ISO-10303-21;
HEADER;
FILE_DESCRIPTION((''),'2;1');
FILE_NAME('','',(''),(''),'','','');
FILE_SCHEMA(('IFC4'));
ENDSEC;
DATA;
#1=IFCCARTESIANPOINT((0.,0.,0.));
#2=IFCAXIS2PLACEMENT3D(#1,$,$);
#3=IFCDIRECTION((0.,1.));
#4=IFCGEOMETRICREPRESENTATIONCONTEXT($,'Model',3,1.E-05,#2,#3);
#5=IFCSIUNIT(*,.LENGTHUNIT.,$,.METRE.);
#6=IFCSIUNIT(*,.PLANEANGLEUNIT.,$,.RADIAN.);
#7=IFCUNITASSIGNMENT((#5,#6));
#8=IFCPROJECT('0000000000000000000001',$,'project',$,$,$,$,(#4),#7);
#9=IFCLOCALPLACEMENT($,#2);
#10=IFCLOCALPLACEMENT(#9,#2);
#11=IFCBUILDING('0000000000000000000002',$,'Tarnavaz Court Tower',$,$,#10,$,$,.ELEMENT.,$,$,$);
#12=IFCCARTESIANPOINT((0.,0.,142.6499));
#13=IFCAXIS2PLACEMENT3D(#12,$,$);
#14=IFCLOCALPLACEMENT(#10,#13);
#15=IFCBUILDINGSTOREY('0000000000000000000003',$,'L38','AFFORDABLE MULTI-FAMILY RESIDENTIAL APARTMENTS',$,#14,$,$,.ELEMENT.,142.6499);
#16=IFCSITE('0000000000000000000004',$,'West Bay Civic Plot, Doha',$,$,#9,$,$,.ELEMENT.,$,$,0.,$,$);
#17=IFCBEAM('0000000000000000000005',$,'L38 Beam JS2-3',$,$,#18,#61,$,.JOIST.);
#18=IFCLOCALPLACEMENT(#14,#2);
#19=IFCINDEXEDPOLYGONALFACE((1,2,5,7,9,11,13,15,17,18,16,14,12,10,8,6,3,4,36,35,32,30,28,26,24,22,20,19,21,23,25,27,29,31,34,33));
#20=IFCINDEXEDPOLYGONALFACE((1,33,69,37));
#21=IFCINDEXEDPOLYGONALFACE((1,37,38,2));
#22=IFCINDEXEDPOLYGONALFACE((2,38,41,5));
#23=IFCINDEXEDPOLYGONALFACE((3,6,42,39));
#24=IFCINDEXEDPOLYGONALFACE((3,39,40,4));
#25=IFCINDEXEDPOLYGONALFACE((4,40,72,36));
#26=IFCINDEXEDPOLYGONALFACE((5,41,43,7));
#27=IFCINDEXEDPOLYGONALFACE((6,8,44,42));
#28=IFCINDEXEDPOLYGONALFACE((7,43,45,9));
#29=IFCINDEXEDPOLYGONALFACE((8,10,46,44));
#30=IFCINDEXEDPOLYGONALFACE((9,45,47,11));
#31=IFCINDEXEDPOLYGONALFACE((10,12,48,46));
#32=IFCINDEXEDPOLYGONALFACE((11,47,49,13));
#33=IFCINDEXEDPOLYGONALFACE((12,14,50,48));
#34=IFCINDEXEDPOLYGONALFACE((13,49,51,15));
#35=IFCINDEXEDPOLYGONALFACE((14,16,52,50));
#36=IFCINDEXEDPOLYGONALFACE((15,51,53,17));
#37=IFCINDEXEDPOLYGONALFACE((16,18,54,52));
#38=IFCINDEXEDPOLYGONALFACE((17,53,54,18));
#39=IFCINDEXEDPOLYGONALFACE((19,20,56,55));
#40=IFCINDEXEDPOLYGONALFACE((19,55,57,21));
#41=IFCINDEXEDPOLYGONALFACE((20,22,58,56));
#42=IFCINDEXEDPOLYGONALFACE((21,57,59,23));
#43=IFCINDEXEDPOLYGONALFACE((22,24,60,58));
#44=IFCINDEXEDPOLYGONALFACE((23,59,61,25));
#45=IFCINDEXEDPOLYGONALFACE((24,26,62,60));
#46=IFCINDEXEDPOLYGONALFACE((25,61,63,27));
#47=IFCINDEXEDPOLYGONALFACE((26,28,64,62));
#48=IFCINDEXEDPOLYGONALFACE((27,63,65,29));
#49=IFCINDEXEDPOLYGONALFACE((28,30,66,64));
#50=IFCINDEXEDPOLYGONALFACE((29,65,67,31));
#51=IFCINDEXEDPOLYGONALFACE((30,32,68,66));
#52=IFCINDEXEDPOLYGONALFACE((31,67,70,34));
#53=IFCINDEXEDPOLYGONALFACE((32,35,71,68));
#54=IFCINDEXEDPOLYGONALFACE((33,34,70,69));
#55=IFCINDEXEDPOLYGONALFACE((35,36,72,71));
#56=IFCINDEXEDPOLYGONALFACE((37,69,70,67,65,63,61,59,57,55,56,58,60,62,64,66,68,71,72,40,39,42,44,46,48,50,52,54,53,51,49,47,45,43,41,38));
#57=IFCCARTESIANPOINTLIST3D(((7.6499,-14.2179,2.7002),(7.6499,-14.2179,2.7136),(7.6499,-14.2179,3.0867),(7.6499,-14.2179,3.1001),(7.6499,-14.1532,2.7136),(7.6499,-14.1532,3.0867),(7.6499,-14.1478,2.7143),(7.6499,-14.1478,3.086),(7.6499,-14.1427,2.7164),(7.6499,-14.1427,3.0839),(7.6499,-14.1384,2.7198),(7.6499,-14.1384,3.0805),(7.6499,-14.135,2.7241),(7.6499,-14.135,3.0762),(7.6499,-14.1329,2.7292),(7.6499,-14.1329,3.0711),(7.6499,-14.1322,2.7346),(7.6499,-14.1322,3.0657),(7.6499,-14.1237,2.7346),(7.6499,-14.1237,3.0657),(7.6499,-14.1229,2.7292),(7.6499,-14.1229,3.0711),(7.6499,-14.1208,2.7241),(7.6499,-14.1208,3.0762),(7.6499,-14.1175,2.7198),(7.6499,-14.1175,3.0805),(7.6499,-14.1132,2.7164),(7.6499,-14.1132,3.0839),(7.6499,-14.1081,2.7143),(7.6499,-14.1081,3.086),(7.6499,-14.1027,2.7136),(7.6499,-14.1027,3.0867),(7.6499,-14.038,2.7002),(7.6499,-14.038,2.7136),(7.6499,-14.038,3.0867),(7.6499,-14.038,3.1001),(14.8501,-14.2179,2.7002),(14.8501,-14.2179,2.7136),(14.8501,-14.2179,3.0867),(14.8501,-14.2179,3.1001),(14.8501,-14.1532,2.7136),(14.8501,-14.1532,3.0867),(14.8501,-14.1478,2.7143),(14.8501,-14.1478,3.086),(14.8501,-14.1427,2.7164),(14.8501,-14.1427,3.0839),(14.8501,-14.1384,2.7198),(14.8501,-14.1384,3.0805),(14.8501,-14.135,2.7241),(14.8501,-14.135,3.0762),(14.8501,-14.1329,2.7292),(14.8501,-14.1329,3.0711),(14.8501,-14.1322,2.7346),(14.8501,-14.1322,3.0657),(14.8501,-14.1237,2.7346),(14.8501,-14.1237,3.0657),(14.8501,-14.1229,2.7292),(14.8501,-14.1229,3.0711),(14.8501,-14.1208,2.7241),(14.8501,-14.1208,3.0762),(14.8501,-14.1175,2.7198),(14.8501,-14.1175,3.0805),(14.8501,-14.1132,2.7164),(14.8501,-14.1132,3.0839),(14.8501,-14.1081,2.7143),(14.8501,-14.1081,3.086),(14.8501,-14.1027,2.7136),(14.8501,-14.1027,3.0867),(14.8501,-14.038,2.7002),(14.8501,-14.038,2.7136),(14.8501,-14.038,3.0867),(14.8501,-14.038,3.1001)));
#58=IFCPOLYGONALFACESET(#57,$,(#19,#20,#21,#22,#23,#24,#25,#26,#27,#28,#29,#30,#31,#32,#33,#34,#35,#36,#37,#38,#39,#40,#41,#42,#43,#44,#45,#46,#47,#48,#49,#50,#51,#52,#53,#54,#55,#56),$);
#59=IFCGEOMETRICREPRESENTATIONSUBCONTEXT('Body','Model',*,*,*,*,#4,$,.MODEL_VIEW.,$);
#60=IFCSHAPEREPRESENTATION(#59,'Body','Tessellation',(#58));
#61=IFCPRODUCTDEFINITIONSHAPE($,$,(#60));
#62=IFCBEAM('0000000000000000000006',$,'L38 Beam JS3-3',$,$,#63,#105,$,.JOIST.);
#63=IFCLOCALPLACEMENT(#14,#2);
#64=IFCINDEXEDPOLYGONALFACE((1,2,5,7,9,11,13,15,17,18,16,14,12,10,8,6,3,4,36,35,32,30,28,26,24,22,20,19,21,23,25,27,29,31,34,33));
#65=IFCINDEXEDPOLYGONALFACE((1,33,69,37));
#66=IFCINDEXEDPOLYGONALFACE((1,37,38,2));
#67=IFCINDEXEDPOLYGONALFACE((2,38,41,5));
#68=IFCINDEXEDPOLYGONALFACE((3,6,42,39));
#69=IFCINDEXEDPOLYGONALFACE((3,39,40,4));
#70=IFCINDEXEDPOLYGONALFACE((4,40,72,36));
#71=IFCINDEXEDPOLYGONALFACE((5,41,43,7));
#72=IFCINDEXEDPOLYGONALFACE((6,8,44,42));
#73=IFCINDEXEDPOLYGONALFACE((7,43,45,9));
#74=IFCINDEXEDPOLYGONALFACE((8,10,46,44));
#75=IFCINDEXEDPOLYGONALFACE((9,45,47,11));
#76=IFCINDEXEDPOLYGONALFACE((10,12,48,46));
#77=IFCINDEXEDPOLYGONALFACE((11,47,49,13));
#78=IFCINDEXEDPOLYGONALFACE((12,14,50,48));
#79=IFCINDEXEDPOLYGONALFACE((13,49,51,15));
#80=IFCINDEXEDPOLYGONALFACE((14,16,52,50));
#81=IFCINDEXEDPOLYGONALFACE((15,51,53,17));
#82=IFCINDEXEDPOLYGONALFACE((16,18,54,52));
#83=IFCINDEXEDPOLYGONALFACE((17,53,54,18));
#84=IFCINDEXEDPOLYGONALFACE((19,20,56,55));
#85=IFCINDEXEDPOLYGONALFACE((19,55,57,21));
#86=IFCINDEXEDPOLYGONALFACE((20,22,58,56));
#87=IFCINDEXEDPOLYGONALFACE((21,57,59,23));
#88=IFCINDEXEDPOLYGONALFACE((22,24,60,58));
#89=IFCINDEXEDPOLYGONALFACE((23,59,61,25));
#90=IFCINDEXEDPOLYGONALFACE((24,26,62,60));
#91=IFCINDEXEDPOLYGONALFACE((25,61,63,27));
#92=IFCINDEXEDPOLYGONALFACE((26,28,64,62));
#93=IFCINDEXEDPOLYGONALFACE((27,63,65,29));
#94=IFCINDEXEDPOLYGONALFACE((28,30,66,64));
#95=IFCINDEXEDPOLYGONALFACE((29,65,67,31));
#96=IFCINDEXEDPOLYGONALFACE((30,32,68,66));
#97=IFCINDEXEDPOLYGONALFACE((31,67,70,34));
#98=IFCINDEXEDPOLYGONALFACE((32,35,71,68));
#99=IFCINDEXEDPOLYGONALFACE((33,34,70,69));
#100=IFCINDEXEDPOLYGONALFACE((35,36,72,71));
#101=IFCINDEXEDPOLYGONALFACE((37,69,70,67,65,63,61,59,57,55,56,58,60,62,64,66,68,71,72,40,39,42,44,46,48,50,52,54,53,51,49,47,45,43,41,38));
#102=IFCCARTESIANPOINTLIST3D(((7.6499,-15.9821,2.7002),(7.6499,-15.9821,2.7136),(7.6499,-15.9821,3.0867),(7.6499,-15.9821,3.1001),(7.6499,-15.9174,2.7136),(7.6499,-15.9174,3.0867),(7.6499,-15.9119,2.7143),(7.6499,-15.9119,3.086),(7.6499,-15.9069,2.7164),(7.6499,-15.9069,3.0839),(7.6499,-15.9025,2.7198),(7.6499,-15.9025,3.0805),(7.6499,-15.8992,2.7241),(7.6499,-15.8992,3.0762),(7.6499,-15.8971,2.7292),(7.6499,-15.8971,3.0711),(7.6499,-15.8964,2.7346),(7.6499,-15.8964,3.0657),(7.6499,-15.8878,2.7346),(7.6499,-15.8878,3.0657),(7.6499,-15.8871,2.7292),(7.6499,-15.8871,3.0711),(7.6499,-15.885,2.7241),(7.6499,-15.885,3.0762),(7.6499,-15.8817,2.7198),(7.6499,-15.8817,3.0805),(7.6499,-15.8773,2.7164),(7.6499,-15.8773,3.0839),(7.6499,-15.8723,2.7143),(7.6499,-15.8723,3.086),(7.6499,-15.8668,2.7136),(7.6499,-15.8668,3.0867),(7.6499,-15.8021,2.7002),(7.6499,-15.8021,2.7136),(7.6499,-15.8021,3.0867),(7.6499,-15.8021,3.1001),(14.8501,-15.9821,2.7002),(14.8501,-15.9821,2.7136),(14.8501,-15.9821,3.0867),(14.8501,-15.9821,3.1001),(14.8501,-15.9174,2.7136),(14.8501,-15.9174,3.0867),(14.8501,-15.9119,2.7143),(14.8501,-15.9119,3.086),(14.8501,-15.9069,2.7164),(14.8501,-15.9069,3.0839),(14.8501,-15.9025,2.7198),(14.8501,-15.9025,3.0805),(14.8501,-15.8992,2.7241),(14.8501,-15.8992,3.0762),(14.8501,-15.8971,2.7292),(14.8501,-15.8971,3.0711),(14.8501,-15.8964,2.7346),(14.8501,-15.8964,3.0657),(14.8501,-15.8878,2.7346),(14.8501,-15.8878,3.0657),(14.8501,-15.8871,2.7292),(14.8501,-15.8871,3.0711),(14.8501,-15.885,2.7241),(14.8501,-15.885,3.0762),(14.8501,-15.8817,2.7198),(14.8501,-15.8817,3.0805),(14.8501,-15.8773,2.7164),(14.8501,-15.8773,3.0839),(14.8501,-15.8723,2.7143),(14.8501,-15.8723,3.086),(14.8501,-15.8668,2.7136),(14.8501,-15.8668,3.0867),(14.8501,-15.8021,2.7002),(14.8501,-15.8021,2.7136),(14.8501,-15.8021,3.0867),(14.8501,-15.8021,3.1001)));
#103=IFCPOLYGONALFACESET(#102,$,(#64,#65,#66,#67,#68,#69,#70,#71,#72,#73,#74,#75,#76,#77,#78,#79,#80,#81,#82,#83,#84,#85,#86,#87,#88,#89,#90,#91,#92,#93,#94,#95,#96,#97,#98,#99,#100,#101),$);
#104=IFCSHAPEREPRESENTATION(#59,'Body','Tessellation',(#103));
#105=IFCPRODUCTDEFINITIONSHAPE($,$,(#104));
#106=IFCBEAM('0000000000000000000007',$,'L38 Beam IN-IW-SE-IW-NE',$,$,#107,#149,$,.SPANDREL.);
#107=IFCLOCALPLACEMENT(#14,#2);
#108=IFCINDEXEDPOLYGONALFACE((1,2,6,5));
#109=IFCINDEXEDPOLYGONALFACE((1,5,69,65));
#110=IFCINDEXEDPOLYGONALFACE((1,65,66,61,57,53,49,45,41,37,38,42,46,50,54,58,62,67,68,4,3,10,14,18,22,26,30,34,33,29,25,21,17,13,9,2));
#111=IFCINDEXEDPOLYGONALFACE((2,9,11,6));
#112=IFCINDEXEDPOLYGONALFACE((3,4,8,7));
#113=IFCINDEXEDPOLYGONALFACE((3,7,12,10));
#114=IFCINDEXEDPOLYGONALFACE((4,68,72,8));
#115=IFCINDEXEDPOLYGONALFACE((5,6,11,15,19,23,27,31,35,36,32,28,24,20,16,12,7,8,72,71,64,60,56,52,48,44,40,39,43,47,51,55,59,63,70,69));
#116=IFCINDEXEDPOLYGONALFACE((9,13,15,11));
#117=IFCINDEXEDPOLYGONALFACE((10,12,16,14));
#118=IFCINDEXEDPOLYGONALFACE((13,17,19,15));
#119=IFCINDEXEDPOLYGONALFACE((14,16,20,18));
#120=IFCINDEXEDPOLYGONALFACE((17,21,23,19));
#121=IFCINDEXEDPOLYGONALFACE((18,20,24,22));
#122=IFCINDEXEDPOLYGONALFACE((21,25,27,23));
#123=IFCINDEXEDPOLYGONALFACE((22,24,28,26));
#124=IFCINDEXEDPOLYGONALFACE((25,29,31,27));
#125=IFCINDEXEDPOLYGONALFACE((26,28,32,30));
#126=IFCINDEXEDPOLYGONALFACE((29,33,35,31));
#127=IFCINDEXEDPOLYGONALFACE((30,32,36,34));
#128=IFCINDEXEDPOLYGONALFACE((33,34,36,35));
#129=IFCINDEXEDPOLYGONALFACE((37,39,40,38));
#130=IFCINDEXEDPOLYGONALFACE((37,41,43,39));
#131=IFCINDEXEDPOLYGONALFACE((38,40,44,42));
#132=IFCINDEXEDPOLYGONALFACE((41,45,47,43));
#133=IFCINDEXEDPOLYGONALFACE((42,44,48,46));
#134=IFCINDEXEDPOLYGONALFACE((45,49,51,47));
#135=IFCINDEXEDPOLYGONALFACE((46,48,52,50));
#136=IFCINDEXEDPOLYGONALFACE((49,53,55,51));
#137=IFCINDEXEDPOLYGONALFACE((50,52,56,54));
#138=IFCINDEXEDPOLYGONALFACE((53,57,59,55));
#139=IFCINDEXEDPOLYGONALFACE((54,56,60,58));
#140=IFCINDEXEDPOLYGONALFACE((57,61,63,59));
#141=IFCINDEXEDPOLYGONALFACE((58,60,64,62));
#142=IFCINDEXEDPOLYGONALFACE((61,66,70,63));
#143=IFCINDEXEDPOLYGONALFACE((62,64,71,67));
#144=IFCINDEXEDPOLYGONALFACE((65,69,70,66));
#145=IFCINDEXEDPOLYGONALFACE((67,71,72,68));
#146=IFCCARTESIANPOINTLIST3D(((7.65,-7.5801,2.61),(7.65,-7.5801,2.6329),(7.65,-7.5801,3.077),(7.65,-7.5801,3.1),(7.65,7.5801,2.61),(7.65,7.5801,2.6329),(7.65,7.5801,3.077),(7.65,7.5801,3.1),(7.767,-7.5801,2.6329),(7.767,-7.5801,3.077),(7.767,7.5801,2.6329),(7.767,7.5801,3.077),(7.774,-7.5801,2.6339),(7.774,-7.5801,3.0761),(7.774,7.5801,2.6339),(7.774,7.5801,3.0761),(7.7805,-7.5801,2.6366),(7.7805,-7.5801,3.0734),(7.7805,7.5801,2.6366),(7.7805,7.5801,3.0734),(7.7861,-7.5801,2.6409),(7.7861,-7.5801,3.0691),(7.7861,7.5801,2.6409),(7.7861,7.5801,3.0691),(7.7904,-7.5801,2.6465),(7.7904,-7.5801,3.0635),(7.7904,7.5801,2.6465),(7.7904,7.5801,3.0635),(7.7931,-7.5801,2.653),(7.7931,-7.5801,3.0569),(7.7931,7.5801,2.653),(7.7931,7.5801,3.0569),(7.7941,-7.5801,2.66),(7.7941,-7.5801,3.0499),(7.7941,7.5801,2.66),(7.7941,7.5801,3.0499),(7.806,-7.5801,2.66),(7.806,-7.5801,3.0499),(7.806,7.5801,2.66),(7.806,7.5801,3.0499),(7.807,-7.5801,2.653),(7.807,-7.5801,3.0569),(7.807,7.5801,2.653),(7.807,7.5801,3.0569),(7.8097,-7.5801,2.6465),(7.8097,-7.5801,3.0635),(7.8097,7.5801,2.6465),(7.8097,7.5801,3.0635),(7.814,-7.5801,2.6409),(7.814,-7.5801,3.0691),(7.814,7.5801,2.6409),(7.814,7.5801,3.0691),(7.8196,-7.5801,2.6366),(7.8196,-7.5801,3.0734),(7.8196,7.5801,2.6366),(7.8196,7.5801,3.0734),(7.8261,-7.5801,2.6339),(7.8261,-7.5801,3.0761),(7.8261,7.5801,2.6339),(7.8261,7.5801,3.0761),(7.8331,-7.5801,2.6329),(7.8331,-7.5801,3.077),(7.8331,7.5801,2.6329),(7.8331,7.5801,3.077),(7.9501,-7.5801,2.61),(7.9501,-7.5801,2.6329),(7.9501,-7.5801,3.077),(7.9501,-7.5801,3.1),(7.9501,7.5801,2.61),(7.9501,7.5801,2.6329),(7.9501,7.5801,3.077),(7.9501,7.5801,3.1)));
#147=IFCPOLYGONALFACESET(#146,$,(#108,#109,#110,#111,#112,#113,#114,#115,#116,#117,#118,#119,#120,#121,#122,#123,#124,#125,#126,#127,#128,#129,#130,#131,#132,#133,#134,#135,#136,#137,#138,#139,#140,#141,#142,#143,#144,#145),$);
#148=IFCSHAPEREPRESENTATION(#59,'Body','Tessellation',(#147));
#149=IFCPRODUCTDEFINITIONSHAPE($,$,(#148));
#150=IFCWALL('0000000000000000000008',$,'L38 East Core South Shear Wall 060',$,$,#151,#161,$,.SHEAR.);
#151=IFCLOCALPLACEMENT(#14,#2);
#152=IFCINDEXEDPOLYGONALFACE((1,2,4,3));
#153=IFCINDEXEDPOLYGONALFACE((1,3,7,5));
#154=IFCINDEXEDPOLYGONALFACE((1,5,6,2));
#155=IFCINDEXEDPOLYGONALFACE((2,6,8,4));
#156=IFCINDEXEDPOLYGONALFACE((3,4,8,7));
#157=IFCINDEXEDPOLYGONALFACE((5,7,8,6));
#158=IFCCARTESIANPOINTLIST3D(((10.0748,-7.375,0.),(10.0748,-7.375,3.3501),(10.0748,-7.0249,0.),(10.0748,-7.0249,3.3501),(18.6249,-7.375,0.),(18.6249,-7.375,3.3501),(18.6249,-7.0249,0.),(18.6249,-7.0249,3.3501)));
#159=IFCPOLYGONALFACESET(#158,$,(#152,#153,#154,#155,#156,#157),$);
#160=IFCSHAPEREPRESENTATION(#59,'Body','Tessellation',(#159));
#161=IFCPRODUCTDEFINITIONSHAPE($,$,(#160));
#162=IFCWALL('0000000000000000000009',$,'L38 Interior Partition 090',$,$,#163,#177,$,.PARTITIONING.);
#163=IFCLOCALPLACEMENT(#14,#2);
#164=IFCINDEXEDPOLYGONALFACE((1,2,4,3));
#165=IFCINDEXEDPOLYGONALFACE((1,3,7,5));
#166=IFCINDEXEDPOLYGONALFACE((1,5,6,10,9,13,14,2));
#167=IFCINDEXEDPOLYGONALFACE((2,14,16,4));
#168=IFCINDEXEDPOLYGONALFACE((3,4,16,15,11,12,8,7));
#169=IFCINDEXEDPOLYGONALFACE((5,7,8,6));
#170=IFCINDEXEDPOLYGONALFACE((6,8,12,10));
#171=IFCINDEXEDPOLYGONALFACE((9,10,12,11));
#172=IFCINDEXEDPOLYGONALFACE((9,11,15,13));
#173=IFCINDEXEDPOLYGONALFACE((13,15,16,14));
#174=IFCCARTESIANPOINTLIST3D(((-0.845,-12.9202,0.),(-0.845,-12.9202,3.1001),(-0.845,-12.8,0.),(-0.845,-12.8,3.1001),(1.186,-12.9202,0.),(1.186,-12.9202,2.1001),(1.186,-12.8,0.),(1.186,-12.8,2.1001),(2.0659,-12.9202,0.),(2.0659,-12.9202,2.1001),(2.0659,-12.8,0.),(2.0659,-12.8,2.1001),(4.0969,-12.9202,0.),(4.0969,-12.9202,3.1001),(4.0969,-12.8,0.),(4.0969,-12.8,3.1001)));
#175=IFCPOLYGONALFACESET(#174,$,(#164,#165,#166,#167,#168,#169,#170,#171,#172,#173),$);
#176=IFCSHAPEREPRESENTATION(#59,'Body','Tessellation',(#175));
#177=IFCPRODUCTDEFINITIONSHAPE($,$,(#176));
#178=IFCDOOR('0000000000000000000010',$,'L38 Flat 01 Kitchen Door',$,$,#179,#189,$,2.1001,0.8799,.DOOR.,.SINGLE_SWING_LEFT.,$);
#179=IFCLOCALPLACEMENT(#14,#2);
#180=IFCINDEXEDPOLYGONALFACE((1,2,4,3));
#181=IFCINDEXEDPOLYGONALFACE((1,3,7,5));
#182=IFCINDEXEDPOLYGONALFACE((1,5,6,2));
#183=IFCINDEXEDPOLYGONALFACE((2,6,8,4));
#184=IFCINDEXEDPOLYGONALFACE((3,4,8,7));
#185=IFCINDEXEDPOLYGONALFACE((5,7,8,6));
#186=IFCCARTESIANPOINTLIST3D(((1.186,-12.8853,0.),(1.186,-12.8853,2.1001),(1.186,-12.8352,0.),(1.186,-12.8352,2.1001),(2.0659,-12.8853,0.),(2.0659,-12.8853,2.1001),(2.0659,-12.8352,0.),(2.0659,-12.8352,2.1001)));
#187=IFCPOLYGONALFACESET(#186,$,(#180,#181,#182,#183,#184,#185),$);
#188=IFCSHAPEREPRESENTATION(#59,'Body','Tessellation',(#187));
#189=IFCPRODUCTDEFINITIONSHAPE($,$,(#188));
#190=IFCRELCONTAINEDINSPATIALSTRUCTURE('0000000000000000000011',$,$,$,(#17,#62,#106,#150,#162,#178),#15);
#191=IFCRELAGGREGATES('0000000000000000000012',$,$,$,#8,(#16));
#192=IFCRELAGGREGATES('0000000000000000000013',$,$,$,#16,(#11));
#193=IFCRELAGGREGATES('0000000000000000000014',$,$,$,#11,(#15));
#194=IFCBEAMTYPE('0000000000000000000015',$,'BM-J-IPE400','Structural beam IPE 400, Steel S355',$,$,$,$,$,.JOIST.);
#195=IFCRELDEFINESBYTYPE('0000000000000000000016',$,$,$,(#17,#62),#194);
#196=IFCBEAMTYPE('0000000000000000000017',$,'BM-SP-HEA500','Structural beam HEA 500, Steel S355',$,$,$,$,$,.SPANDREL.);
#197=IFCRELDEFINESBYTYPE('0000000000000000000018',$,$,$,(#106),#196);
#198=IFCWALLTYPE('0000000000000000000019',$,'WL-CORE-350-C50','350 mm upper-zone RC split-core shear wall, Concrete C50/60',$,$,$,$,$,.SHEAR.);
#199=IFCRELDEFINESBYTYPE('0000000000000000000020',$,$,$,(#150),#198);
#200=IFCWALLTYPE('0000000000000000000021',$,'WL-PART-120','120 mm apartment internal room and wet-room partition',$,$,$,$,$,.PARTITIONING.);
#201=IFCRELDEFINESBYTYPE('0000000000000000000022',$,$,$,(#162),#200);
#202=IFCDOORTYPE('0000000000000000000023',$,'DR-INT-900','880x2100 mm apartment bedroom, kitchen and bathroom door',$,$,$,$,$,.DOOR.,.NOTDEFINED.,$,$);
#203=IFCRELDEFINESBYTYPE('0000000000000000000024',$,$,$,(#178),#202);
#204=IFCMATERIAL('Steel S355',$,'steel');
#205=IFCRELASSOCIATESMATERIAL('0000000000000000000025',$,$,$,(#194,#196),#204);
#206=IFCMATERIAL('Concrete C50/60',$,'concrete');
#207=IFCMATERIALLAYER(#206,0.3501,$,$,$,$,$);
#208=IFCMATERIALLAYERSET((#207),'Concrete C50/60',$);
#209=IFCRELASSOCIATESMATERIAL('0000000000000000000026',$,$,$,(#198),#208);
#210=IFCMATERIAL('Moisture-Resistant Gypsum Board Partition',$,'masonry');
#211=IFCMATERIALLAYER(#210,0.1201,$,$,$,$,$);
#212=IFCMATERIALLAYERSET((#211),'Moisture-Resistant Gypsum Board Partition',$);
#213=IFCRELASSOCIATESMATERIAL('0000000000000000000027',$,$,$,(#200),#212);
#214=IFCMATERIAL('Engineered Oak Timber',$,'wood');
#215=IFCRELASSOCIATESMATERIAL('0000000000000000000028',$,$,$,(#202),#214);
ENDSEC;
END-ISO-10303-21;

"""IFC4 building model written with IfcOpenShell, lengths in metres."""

from ifc_helpers import new_model, si_unit, direction, frame, frame_2d, origin, origin_2d, place, context, subcontext, project, spatial, rectangle, i_section, extrude, material, layer, layer_set, material_profile, profile_set, type_object, element, fill, save


model = new_model("IFC4")

# Units and contexts
model_context = context("Model", 3, precision=1e-05, world=origin(), true_north=direction((0.0, 1.0)))
body_context = subcontext(model_context, "Body", "Model", "MODEL_VIEW")
ifc_project = project(units=[si_unit("LENGTHUNIT", "METRE"), si_unit("PLANEANGLEUNIT", "RADIAN")], contexts=[model_context])

# Site, building, storey
site_placement = place(None, origin())
site = spatial("IfcSite", under=ifc_project, at=site_placement, Name="West Bay Civic Plot, Doha", CompositionType="ELEMENT", RefElevation=0.0)
building_placement = place(site_placement, origin())
building = spatial("IfcBuilding", under=site, at=building_placement, Name="Tarnavaz Court Tower", CompositionType="ELEMENT")
storey_placement = place(building_placement, frame((0.0, 0.0, 142.6499)))
storey = spatial("IfcBuildingStorey", under=building, at=storey_placement, Name="L38", Description="AFFORDABLE MULTI-FAMILY RESIDENTIAL APARTMENTS", CompositionType="ELEMENT", Elevation=142.6499)

# Beams
ifc_material_1 = material(Name="Steel S355", Category="steel")
ifc_material_profile_1 = material_profile(ifc_material_1, i_section(OverallWidth=0.1799, OverallDepth=0.3999, WebThickness=0.0085, FlangeThickness=0.0134, FilletRadius=0.021, at=origin_2d()), Name="IPE 400")
ifc_profile_set_1 = profile_set([ifc_material_profile_1], Name="Steel S355")
beam_type_1 = type_object("IfcBeamType", Name="BM-J-IPE400", Description="Structural beam IPE 400, Steel S355", PredefinedType="JOIST", material=ifc_profile_set_1)
for number, where, z_axis, x_axis, name in (
    (1, (7.6499, -14.1279, 2.9001), (1.0, 0.0, 0.0), (0.0, 1.0, 0.0), "L38 Beam JS2-3"),
    (2, (7.6499, -15.8921, 2.9001), (1.0, 0.0, 0.0), (0.0, 1.0, 0.0), "L38 Beam JS3-3"),
):
    element("IfcBeam", number, at=place(storey_placement, frame(where, z_axis=z_axis, x_axis=x_axis)), inside=storey, type_object=beam_type_1, Name=name, PredefinedType="JOIST", context=body_context, shape_type="SweptSolid", body=[
        extrude(i_section(OverallWidth=0.1799, OverallDepth=0.3999, WebThickness=0.0085, FlangeThickness=0.0134, FilletRadius=0.021, at=origin_2d()), origin(), (0.0, 0.0, 1.0), 7.2002),
    ])
ifc_material_profile_2 = material_profile(ifc_material_1, i_section(OverallWidth=0.3, OverallDepth=0.49, WebThickness=0.012, FlangeThickness=0.0229, FilletRadius=0.0271, at=origin_2d()), Name="HEA 500")
ifc_profile_set_2 = profile_set([ifc_material_profile_2], Name="Steel S355")
beam_type_2 = type_object("IfcBeamType", Name="BM-SP-HEA500", Description="Structural beam HEA 500, Steel S355", PredefinedType="SPANDREL", material=ifc_profile_set_2)
beam_1_placement = place(storey_placement, frame((7.8, -7.5801, 2.855), z_axis=(0.0, 1.0, 0.0), x_axis=(-1.0, 0.0, 0.0)))
element("IfcBeam", 3, at=beam_1_placement, inside=storey, type_object=beam_type_2, Name="L38 Beam IN-IW-SE-IW-NE", PredefinedType="SPANDREL", context=body_context, shape_type="SweptSolid", body=[
    extrude(i_section(OverallWidth=0.3, OverallDepth=0.49, WebThickness=0.012, FlangeThickness=0.0229, FilletRadius=0.0271, at=origin_2d()), origin(), (0.0, 0.0, 1.0), 15.1602),
])

# Wall
ifc_material_2 = material(Name="Concrete C50/60", Category="concrete")
ifc_layer_1 = layer(ifc_material_2, 0.3501)
ifc_layer_set_1 = layer_set([ifc_layer_1], Name="Concrete C50/60")
wall_type_1 = type_object("IfcWallType", Name="WL-CORE-350-C50", Description="350 mm upper-zone RC split-core shear wall, Concrete C50/60", PredefinedType="SHEAR", material=ifc_layer_set_1)
wall_1_placement = place(storey_placement, frame((10.075, -7.2, 0.0), z_axis=(0.0, 0.0, 1.0), x_axis=(1.0, 0.0, 0.0)))
element("IfcWall", 4, at=wall_1_placement, inside=storey, type_object=wall_type_1, Name="L38 East Core South Shear Wall 060", PredefinedType="SHEAR", context=body_context, shape_type="SweptSolid", body=[
    extrude(rectangle(XDim=8.55, YDim=0.3501, at=frame_2d((4.2749, 0.0))), origin(), (0.0, 0.0, 1.0), 3.3501),
])

# Shared definitions
ifc_material_3 = material(Name="Engineered Oak Timber", Category="wood")

# Wall, opening, door
ifc_material_4 = material(Name="Moisture-Resistant Gypsum Board Partition", Category="masonry")
ifc_layer_2 = layer(ifc_material_4, 0.1201)
ifc_layer_set_2 = layer_set([ifc_layer_2], Name="Moisture-Resistant Gypsum Board Partition")
wall_type_2 = type_object("IfcWallType", Name="WL-PART-120", Description="120 mm apartment internal room and wet-room partition", PredefinedType="PARTITIONING", material=ifc_layer_set_2)
wall_2_placement = place(storey_placement, frame((-0.845, -12.8601, 0.0), z_axis=(0.0, 0.0, 1.0), x_axis=(1.0, 0.0, 0.0)))
wall_2 = element("IfcWall", 5, at=wall_2_placement, inside=storey, type_object=wall_type_2, Name="L38 Interior Partition 090", PredefinedType="PARTITIONING", context=body_context, shape_type="SweptSolid", body=[
    extrude(rectangle(XDim=4.9419, YDim=0.1201, at=frame_2d((2.4709, 0.0))), origin(), (0.0, 0.0, 1.0), 3.1001),
])
opening_1_placement = place(wall_2_placement, frame((2.031, 0.0, 0.0)))
opening_1 = element("IfcOpeningElement", 6, at=opening_1_placement, cuts=wall_2, PredefinedType="OPENING", context=body_context, shape_type="SweptSolid", body=[
    extrude(rectangle(XDim=0.8799, YDim=2.1001, at=frame_2d((0.4399, 1.05))), frame((0.0, 0.0701, 0.0), z_axis=(0.0, -1.0, 0.0), x_axis=(1.0, 0.0, 0.0)), (0.0, 0.0, 1.0), 0.1401),
])
door_type_1 = type_object("IfcDoorType", Name="DR-INT-900", Description="880x2100 mm apartment bedroom, kitchen and bathroom door", OperationType="NOTDEFINED", PredefinedType="DOOR", material=ifc_material_3)
door_1_placement = place(opening_1_placement, origin())
door_1 = element("IfcDoor", 7, at=door_1_placement, inside=storey, type_object=door_type_1, Name="L38 Flat 01 Kitchen Door", OperationType="SINGLE_SWING_LEFT", OverallHeight=2.1001, OverallWidth=0.8799, PredefinedType="DOOR", context=body_context, shape_type="SweptSolid", body=[
    extrude(rectangle(XDim=0.8799, YDim=2.1001, at=frame_2d((0.4399, 1.05))), frame((0.0, 0.0249, 0.0), z_axis=(0.0, -1.0, 0.0), x_axis=(1.0, 0.0, 0.0)), (0.0, 0.0, 1.0), 0.05),
])
fill(opening_1, door_1)

save(model, "model.ifc")
